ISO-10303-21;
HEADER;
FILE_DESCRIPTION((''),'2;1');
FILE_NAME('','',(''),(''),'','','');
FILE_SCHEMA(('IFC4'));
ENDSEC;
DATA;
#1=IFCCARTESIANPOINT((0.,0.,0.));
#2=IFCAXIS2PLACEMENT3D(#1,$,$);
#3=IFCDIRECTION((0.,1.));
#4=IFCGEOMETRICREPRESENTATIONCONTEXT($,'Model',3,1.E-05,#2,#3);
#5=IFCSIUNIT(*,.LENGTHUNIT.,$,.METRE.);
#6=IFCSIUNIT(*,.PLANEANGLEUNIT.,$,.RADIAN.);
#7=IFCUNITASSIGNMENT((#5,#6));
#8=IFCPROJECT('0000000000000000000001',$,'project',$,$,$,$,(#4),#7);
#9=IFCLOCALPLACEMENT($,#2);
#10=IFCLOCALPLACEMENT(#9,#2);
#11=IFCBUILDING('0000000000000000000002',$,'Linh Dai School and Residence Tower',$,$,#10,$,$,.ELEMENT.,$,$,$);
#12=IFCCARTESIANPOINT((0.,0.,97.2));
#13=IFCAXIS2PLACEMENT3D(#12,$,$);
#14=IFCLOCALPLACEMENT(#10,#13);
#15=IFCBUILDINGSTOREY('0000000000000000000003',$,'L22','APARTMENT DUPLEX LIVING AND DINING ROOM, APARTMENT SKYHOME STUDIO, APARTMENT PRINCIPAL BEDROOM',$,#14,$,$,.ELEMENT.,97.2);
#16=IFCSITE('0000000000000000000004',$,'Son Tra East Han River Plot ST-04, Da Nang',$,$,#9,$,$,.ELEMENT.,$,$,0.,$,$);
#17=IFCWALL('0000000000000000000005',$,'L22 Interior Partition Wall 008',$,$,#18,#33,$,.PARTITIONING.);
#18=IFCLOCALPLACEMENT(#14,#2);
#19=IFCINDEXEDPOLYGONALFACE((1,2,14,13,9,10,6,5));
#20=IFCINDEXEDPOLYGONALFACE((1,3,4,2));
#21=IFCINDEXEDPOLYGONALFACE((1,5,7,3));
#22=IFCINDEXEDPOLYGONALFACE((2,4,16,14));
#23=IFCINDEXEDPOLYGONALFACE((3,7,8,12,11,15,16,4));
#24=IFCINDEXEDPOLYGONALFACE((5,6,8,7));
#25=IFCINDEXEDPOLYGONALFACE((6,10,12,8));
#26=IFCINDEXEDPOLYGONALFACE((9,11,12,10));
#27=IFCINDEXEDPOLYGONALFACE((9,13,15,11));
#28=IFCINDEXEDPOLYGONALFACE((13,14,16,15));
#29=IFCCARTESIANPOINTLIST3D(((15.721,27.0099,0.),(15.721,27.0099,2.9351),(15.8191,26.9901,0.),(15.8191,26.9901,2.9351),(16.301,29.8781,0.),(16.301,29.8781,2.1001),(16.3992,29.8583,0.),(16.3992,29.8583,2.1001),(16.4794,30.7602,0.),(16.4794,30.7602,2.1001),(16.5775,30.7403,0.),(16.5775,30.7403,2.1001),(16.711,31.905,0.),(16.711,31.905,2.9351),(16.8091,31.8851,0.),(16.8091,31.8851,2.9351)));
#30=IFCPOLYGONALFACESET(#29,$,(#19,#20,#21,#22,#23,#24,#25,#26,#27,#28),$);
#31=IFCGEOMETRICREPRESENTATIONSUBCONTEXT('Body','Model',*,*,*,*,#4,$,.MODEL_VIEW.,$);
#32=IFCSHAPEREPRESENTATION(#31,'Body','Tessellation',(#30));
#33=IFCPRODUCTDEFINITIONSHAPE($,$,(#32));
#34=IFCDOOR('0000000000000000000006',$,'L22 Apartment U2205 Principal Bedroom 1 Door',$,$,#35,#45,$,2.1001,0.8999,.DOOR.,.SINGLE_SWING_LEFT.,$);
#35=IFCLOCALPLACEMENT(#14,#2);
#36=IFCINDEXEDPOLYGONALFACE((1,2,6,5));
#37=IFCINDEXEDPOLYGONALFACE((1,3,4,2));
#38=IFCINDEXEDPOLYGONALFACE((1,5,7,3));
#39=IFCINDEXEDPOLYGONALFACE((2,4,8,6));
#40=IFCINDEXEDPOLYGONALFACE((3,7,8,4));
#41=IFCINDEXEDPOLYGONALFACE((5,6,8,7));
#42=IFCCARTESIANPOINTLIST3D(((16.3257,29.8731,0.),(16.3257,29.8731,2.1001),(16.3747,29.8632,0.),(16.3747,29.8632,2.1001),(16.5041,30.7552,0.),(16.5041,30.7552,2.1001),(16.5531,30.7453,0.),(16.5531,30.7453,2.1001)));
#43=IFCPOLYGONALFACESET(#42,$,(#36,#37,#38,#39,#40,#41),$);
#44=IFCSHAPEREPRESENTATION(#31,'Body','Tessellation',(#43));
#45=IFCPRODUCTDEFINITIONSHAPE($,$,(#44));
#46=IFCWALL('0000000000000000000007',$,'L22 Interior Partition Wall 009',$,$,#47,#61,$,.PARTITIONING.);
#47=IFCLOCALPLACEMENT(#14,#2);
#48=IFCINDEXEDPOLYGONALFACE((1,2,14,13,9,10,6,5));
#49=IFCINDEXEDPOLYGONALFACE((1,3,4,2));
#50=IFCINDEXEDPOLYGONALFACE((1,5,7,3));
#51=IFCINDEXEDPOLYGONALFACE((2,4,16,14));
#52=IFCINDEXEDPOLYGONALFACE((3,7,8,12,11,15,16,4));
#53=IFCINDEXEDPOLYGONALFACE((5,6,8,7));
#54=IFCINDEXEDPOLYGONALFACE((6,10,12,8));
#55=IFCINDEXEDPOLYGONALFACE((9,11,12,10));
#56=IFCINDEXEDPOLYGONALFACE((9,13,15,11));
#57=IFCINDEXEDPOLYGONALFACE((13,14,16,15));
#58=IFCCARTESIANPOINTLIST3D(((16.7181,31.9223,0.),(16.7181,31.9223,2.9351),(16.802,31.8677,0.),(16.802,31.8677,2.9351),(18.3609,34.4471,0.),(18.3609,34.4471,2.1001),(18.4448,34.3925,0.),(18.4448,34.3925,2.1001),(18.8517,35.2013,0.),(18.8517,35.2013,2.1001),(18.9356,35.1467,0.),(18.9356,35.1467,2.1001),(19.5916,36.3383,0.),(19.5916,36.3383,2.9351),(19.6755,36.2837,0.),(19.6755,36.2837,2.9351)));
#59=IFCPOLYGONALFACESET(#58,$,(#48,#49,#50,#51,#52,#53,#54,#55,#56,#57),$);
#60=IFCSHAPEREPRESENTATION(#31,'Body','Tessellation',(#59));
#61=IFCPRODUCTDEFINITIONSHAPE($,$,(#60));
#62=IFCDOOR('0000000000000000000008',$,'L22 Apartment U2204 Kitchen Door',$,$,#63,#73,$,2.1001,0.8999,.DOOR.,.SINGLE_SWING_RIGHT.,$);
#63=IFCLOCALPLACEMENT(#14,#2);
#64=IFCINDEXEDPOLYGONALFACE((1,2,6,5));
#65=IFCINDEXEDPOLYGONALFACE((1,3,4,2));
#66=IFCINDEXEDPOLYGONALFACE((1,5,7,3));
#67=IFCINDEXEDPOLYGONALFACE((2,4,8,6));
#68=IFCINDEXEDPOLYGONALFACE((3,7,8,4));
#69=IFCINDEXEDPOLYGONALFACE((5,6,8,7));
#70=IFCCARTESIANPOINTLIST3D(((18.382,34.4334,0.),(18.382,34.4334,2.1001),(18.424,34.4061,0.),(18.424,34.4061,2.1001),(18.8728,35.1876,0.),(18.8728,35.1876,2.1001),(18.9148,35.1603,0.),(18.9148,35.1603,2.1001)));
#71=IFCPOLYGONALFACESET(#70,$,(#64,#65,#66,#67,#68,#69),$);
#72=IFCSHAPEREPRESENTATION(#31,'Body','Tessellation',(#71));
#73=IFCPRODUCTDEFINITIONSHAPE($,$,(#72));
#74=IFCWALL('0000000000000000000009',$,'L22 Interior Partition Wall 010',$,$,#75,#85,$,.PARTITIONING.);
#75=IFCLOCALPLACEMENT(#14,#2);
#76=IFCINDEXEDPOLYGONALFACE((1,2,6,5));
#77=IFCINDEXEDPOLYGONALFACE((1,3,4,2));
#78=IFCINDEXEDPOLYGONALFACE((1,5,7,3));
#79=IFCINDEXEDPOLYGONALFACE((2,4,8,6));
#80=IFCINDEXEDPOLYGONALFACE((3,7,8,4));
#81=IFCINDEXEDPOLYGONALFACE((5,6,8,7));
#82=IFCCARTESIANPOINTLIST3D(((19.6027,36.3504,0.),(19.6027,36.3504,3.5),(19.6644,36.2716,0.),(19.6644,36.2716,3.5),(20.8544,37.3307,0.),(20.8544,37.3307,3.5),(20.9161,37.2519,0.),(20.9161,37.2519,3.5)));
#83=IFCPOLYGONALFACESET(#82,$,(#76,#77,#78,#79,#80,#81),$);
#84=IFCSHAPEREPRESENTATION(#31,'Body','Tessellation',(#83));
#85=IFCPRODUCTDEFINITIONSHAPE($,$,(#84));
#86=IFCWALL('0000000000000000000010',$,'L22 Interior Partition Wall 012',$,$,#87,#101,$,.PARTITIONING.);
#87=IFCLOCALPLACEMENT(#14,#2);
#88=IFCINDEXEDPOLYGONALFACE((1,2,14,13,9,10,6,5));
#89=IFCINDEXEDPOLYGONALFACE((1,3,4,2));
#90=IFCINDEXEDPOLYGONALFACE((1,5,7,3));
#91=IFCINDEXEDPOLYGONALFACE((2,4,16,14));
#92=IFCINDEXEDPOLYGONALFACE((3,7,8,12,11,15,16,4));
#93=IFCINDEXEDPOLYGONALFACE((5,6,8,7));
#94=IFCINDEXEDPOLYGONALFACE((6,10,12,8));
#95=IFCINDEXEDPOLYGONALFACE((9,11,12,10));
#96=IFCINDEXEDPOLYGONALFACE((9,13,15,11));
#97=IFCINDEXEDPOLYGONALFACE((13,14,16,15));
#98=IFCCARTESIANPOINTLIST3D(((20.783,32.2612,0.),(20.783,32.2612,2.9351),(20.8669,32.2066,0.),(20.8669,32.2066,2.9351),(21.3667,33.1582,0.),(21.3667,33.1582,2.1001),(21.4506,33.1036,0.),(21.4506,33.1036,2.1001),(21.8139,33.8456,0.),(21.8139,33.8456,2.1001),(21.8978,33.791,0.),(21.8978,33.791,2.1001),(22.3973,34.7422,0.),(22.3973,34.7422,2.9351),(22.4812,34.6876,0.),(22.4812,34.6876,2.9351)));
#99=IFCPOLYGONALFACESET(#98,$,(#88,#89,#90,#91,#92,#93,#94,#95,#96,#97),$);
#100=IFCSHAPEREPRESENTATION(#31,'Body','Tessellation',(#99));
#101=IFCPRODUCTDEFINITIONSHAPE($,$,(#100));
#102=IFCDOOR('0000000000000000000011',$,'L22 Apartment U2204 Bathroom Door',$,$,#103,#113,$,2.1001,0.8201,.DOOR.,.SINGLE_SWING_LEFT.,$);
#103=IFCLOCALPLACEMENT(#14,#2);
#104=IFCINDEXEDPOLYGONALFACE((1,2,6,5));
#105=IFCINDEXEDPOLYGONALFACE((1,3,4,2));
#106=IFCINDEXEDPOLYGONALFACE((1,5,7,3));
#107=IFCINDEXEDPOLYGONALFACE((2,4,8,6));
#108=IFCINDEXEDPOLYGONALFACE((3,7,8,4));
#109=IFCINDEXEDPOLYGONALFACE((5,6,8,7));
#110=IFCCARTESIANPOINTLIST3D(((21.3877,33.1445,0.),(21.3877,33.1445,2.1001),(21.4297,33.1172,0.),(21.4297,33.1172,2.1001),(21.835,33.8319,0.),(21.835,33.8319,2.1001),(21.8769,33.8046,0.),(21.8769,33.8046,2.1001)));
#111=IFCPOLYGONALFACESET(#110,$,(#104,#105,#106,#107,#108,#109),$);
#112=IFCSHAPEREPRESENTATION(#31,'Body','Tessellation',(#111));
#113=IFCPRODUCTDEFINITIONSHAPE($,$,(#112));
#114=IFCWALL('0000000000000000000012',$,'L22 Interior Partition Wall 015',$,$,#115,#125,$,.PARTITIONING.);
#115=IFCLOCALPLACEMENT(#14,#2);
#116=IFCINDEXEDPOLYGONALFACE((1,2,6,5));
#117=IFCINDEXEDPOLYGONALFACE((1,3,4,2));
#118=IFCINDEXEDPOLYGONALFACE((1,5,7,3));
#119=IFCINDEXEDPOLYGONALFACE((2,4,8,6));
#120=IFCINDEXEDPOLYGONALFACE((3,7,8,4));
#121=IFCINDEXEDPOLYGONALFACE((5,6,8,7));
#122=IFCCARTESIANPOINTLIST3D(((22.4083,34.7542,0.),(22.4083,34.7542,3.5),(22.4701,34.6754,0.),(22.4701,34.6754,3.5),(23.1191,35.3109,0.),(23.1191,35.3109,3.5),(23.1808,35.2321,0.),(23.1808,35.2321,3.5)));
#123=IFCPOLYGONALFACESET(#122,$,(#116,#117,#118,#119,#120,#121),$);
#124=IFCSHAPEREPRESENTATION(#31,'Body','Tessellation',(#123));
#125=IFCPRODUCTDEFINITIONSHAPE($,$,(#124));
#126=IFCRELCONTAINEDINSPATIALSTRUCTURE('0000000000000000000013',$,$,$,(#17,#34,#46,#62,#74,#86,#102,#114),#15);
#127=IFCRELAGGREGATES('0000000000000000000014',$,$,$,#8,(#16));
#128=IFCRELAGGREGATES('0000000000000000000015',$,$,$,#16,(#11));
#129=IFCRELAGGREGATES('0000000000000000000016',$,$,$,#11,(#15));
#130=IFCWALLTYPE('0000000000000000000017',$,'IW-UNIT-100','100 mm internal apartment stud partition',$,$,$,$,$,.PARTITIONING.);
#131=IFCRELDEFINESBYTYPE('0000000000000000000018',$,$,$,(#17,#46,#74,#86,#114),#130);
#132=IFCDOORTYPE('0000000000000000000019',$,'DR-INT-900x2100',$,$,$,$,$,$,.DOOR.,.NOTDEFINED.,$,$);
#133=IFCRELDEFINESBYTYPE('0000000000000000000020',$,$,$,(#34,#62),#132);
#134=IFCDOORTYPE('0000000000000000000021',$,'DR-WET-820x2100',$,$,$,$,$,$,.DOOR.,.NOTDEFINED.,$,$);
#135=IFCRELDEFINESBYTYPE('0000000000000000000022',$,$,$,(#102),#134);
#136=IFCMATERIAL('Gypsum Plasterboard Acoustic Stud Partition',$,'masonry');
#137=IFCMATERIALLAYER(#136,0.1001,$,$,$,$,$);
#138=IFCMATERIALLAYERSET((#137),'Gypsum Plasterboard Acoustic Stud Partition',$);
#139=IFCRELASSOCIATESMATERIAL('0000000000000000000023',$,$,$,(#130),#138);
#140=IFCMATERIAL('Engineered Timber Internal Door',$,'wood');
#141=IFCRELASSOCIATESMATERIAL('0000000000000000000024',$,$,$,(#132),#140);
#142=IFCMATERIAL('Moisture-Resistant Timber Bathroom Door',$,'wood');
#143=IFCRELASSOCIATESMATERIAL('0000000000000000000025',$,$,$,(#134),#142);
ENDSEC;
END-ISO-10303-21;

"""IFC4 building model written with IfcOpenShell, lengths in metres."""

from ifc_helpers import new_model, si_unit, direction, frame, frame_2d, origin, origin_2d, place, context, subcontext, project, spatial, rectangle, extrude, source, transform, mapped, material, layer, layer_set, type_object, element, fill, save


model = new_model("IFC4")

# Units and contexts
model_context = context("Model", 3, precision=1e-05, world=origin(), true_north=direction((0.0, 1.0)))
body_context = subcontext(model_context, "Body", "Model", "MODEL_VIEW")
ifc_project = project(units=[si_unit("LENGTHUNIT", "METRE"), si_unit("PLANEANGLEUNIT", "RADIAN")], contexts=[model_context])

# Site, building, storey
site_placement = place(None, origin())
site = spatial("IfcSite", under=ifc_project, at=site_placement, Name="Son Tra East Han River Plot ST-04, Da Nang", CompositionType="ELEMENT", RefElevation=0.0)
building_placement = place(site_placement, origin())
building = spatial("IfcBuilding", under=site, at=building_placement, Name="Linh Dai School and Residence Tower", CompositionType="ELEMENT")
storey_placement = place(building_placement, frame((0.0, 0.0, 97.2)))
storey = spatial("IfcBuildingStorey", under=building, at=storey_placement, Name="L22", Description="APARTMENT DUPLEX LIVING AND DINING ROOM, APARTMENT SKYHOME STUDIO, APARTMENT PRINCIPAL BEDROOM", CompositionType="ELEMENT", Elevation=97.2)

# Shared definitions
ifc_material_1 = material(Name="Gypsum Plasterboard Acoustic Stud Partition", Category="masonry")
ifc_layer_1 = layer(ifc_material_1, 0.1001)
ifc_layer_set_1 = layer_set([ifc_layer_1], Name="Gypsum Plasterboard Acoustic Stud Partition")
wall_type_1 = type_object("IfcWallType", Name="IW-UNIT-100", Description="100 mm internal apartment stud partition", PredefinedType="PARTITIONING", material=ifc_layer_set_1)

# Walls, openings, doors
wall_1_placement = place(storey_placement, frame((15.77, 27.0, 0.0), z_axis=(0.0, 0.0, 1.0), x_axis=(0.198231, 0.980155, 0.0)))
wall_1 = element("IfcWall", 1, at=wall_1_placement, inside=storey, type_object=wall_type_1, Name="L22 Interior Partition Wall 008", PredefinedType="PARTITIONING", context=body_context, shape_type="SweptSolid", body=[
    extrude(rectangle(XDim=4.9941, YDim=0.1001, at=frame_2d((2.4971, 0.0))), origin(), (0.0, 0.0, 1.0), 2.9351),
])
opening_1_placement = place(wall_1_placement, frame((2.9263, 0.0, 0.0)))
opening_1 = element("IfcOpeningElement", 2, at=opening_1_placement, cuts=wall_1, PredefinedType="OPENING", context=body_context, shape_type="SweptSolid", body=[
    extrude(rectangle(XDim=0.8999, YDim=2.1001, at=origin_2d()), frame((0.45, 0.0601, 1.05), z_axis=(0.0, -1.0, 0.0), x_axis=(1.0, 0.0, 0.0)), (0.0, 0.0, 1.0), 0.1201),
])
ifc_material_2 = material(Name="Engineered Timber Internal Door", Category="wood")
door_type_1 = type_object("IfcDoorType", Name="DR-INT-900x2100", OperationType="NOTDEFINED", PredefinedType="DOOR", material=ifc_material_2)
shared_shape_1 = source(origin(), body_context, "Body", "SweptSolid", [
    extrude(rectangle(XDim=0.8999, YDim=2.1001, at=origin_2d()), frame((0.45, 0.0249, 1.05), z_axis=(0.0, -1.0, 0.0), x_axis=(1.0, 0.0, 0.0)), (0.0, 0.0, 1.0), 0.05),
])
door_1_placement = place(opening_1_placement, origin())
door_1 = element("IfcDoor", 3, at=door_1_placement, inside=storey, type_object=door_type_1, Name="L22 Apartment U2205 Principal Bedroom 1 Door", OperationType="SINGLE_SWING_LEFT", OverallHeight=2.1001, OverallWidth=0.8999, PredefinedType="DOOR", context=body_context, shape_type="MappedRepresentation", body=[
    mapped(shared_shape_1, transform((0.0, 0.0, 0.0), x_axis=(1.0, 0.0, 0.0), y_axis=(0.0, 1.0, 0.0), z_axis=(0.0, 0.0, 1.0), scale=1.0)),
])
fill(opening_1, door_1)
wall_2_placement = place(storey_placement, frame((16.76, 31.895, 0.0), z_axis=(0.0, 0.0, 1.0), x_axis=(0.545405, 0.838172, 0.0)))
wall_2 = element("IfcWall", 4, at=wall_2_placement, inside=storey, type_object=wall_type_1, Name="L22 Interior Partition Wall 009", PredefinedType="PARTITIONING", context=body_context, shape_type="SweptSolid", body=[
    extrude(rectangle(XDim=5.2686, YDim=0.1001, at=frame_2d((2.6343, 0.0))), origin(), (0.0, 0.0, 1.0), 2.9351),
])
opening_2_placement = place(wall_2_placement, frame((3.0122, 0.0, 0.0)))
opening_2 = element("IfcOpeningElement", 5, at=opening_2_placement, cuts=wall_2, PredefinedType="OPENING", context=body_context, shape_type="SweptSolid", body=[
    extrude(rectangle(XDim=0.8999, YDim=2.1001, at=origin_2d()), frame((0.45, 0.0601, 1.05), z_axis=(0.0, -1.0, 0.0), x_axis=(1.0, 0.0, 0.0)), (0.0, 0.0, 1.0), 0.1201),
])
door_2_placement = place(opening_2_placement, origin())
door_2 = element("IfcDoor", 6, at=door_2_placement, inside=storey, type_object=door_type_1, Name="L22 Apartment U2204 Kitchen Door", OperationType="SINGLE_SWING_RIGHT", OverallHeight=2.1001, OverallWidth=0.8999, PredefinedType="DOOR", context=body_context, shape_type="MappedRepresentation", body=[
    mapped(shared_shape_1, transform((0.0, 0.0, 0.0), x_axis=(1.0, 0.0, 0.0), y_axis=(0.0, 1.0, 0.0), z_axis=(0.0, 0.0, 1.0), scale=1.0)),
])
fill(opening_2, door_2)

# Wall
wall_3_placement = place(storey_placement, frame((19.6335, 36.311, 0.0), z_axis=(0.0, 0.0, 1.0), x_axis=(0.787314, 0.616553, 0.0)))
element("IfcWall", 7, at=wall_3_placement, inside=storey, type_object=wall_type_1, Name="L22 Interior Partition Wall 010", PredefinedType="PARTITIONING", context=body_context, shape_type="SweptSolid", body=[
    extrude(rectangle(XDim=1.5898, YDim=0.1001, at=frame_2d((0.7949, 0.0))), origin(), (0.0, 0.0, 1.0), 3.5),
])

# Wall, opening, door
wall_4_placement = place(storey_placement, frame((20.825, 32.2339, 0.0), z_axis=(0.0, 0.0, 1.0), x_axis=(0.545377, 0.838191, 0.0)))
wall_4 = element("IfcWall", 8, at=wall_4_placement, inside=storey, type_object=wall_type_1, Name="L22 Interior Partition Wall 012", PredefinedType="PARTITIONING", context=body_context, shape_type="SweptSolid", body=[
    extrude(rectangle(XDim=2.96, YDim=0.1001, at=frame_2d((1.48, 0.0))), origin(), (0.0, 0.0, 1.0), 2.9351),
])
opening_3_placement = place(wall_4_placement, frame((1.0701, 0.0, 0.0)))
opening_3 = element("IfcOpeningElement", 9, at=opening_3_placement, cuts=wall_4, PredefinedType="OPENING", context=body_context, shape_type="SweptSolid", body=[
    extrude(rectangle(XDim=0.8201, YDim=2.1001, at=origin_2d()), frame((0.4102, 0.0601, 1.05), z_axis=(0.0, -1.0, 0.0), x_axis=(1.0, 0.0, 0.0)), (0.0, 0.0, 1.0), 0.1201),
])
ifc_material_3 = material(Name="Moisture-Resistant Timber Bathroom Door", Category="wood")
door_type_2 = type_object("IfcDoorType", Name="DR-WET-820x2100", OperationType="NOTDEFINED", PredefinedType="DOOR", material=ifc_material_3)
shared_shape_2 = source(origin(), body_context, "Body", "SweptSolid", [
    extrude(rectangle(XDim=0.8201, YDim=2.1001, at=origin_2d()), frame((0.4102, 0.0249, 1.05), z_axis=(0.0, -1.0, 0.0), x_axis=(1.0, 0.0, 0.0)), (0.0, 0.0, 1.0), 0.05),
])
door_3_placement = place(opening_3_placement, origin())
door_3 = element("IfcDoor", 10, at=door_3_placement, inside=storey, type_object=door_type_2, Name="L22 Apartment U2204 Bathroom Door", OperationType="SINGLE_SWING_LEFT", OverallHeight=2.1001, OverallWidth=0.8201, PredefinedType="DOOR", context=body_context, shape_type="MappedRepresentation", body=[
    mapped(shared_shape_2, transform((0.0, 0.0, 0.0), x_axis=(1.0, 0.0, 0.0), y_axis=(0.0, 1.0, 0.0), z_axis=(0.0, 0.0, 1.0), scale=1.0)),
])
fill(opening_3, door_3)

# Wall
wall_5_placement = place(storey_placement, frame((22.4392, 34.7148, 0.0), z_axis=(0.0, 0.0, 1.0), x_axis=(0.787265, 0.616614, 0.0)))
element("IfcWall", 11, at=wall_5_placement, inside=storey, type_object=wall_type_1, Name="L22 Interior Partition Wall 015", PredefinedType="PARTITIONING", context=body_context, shape_type="SweptSolid", body=[
    extrude(rectangle(XDim=0.9028, YDim=0.1001, at=frame_2d((0.4514, 0.0))), origin(), (0.0, 0.0, 1.0), 3.5),
])

save(model, "model.ifc")
